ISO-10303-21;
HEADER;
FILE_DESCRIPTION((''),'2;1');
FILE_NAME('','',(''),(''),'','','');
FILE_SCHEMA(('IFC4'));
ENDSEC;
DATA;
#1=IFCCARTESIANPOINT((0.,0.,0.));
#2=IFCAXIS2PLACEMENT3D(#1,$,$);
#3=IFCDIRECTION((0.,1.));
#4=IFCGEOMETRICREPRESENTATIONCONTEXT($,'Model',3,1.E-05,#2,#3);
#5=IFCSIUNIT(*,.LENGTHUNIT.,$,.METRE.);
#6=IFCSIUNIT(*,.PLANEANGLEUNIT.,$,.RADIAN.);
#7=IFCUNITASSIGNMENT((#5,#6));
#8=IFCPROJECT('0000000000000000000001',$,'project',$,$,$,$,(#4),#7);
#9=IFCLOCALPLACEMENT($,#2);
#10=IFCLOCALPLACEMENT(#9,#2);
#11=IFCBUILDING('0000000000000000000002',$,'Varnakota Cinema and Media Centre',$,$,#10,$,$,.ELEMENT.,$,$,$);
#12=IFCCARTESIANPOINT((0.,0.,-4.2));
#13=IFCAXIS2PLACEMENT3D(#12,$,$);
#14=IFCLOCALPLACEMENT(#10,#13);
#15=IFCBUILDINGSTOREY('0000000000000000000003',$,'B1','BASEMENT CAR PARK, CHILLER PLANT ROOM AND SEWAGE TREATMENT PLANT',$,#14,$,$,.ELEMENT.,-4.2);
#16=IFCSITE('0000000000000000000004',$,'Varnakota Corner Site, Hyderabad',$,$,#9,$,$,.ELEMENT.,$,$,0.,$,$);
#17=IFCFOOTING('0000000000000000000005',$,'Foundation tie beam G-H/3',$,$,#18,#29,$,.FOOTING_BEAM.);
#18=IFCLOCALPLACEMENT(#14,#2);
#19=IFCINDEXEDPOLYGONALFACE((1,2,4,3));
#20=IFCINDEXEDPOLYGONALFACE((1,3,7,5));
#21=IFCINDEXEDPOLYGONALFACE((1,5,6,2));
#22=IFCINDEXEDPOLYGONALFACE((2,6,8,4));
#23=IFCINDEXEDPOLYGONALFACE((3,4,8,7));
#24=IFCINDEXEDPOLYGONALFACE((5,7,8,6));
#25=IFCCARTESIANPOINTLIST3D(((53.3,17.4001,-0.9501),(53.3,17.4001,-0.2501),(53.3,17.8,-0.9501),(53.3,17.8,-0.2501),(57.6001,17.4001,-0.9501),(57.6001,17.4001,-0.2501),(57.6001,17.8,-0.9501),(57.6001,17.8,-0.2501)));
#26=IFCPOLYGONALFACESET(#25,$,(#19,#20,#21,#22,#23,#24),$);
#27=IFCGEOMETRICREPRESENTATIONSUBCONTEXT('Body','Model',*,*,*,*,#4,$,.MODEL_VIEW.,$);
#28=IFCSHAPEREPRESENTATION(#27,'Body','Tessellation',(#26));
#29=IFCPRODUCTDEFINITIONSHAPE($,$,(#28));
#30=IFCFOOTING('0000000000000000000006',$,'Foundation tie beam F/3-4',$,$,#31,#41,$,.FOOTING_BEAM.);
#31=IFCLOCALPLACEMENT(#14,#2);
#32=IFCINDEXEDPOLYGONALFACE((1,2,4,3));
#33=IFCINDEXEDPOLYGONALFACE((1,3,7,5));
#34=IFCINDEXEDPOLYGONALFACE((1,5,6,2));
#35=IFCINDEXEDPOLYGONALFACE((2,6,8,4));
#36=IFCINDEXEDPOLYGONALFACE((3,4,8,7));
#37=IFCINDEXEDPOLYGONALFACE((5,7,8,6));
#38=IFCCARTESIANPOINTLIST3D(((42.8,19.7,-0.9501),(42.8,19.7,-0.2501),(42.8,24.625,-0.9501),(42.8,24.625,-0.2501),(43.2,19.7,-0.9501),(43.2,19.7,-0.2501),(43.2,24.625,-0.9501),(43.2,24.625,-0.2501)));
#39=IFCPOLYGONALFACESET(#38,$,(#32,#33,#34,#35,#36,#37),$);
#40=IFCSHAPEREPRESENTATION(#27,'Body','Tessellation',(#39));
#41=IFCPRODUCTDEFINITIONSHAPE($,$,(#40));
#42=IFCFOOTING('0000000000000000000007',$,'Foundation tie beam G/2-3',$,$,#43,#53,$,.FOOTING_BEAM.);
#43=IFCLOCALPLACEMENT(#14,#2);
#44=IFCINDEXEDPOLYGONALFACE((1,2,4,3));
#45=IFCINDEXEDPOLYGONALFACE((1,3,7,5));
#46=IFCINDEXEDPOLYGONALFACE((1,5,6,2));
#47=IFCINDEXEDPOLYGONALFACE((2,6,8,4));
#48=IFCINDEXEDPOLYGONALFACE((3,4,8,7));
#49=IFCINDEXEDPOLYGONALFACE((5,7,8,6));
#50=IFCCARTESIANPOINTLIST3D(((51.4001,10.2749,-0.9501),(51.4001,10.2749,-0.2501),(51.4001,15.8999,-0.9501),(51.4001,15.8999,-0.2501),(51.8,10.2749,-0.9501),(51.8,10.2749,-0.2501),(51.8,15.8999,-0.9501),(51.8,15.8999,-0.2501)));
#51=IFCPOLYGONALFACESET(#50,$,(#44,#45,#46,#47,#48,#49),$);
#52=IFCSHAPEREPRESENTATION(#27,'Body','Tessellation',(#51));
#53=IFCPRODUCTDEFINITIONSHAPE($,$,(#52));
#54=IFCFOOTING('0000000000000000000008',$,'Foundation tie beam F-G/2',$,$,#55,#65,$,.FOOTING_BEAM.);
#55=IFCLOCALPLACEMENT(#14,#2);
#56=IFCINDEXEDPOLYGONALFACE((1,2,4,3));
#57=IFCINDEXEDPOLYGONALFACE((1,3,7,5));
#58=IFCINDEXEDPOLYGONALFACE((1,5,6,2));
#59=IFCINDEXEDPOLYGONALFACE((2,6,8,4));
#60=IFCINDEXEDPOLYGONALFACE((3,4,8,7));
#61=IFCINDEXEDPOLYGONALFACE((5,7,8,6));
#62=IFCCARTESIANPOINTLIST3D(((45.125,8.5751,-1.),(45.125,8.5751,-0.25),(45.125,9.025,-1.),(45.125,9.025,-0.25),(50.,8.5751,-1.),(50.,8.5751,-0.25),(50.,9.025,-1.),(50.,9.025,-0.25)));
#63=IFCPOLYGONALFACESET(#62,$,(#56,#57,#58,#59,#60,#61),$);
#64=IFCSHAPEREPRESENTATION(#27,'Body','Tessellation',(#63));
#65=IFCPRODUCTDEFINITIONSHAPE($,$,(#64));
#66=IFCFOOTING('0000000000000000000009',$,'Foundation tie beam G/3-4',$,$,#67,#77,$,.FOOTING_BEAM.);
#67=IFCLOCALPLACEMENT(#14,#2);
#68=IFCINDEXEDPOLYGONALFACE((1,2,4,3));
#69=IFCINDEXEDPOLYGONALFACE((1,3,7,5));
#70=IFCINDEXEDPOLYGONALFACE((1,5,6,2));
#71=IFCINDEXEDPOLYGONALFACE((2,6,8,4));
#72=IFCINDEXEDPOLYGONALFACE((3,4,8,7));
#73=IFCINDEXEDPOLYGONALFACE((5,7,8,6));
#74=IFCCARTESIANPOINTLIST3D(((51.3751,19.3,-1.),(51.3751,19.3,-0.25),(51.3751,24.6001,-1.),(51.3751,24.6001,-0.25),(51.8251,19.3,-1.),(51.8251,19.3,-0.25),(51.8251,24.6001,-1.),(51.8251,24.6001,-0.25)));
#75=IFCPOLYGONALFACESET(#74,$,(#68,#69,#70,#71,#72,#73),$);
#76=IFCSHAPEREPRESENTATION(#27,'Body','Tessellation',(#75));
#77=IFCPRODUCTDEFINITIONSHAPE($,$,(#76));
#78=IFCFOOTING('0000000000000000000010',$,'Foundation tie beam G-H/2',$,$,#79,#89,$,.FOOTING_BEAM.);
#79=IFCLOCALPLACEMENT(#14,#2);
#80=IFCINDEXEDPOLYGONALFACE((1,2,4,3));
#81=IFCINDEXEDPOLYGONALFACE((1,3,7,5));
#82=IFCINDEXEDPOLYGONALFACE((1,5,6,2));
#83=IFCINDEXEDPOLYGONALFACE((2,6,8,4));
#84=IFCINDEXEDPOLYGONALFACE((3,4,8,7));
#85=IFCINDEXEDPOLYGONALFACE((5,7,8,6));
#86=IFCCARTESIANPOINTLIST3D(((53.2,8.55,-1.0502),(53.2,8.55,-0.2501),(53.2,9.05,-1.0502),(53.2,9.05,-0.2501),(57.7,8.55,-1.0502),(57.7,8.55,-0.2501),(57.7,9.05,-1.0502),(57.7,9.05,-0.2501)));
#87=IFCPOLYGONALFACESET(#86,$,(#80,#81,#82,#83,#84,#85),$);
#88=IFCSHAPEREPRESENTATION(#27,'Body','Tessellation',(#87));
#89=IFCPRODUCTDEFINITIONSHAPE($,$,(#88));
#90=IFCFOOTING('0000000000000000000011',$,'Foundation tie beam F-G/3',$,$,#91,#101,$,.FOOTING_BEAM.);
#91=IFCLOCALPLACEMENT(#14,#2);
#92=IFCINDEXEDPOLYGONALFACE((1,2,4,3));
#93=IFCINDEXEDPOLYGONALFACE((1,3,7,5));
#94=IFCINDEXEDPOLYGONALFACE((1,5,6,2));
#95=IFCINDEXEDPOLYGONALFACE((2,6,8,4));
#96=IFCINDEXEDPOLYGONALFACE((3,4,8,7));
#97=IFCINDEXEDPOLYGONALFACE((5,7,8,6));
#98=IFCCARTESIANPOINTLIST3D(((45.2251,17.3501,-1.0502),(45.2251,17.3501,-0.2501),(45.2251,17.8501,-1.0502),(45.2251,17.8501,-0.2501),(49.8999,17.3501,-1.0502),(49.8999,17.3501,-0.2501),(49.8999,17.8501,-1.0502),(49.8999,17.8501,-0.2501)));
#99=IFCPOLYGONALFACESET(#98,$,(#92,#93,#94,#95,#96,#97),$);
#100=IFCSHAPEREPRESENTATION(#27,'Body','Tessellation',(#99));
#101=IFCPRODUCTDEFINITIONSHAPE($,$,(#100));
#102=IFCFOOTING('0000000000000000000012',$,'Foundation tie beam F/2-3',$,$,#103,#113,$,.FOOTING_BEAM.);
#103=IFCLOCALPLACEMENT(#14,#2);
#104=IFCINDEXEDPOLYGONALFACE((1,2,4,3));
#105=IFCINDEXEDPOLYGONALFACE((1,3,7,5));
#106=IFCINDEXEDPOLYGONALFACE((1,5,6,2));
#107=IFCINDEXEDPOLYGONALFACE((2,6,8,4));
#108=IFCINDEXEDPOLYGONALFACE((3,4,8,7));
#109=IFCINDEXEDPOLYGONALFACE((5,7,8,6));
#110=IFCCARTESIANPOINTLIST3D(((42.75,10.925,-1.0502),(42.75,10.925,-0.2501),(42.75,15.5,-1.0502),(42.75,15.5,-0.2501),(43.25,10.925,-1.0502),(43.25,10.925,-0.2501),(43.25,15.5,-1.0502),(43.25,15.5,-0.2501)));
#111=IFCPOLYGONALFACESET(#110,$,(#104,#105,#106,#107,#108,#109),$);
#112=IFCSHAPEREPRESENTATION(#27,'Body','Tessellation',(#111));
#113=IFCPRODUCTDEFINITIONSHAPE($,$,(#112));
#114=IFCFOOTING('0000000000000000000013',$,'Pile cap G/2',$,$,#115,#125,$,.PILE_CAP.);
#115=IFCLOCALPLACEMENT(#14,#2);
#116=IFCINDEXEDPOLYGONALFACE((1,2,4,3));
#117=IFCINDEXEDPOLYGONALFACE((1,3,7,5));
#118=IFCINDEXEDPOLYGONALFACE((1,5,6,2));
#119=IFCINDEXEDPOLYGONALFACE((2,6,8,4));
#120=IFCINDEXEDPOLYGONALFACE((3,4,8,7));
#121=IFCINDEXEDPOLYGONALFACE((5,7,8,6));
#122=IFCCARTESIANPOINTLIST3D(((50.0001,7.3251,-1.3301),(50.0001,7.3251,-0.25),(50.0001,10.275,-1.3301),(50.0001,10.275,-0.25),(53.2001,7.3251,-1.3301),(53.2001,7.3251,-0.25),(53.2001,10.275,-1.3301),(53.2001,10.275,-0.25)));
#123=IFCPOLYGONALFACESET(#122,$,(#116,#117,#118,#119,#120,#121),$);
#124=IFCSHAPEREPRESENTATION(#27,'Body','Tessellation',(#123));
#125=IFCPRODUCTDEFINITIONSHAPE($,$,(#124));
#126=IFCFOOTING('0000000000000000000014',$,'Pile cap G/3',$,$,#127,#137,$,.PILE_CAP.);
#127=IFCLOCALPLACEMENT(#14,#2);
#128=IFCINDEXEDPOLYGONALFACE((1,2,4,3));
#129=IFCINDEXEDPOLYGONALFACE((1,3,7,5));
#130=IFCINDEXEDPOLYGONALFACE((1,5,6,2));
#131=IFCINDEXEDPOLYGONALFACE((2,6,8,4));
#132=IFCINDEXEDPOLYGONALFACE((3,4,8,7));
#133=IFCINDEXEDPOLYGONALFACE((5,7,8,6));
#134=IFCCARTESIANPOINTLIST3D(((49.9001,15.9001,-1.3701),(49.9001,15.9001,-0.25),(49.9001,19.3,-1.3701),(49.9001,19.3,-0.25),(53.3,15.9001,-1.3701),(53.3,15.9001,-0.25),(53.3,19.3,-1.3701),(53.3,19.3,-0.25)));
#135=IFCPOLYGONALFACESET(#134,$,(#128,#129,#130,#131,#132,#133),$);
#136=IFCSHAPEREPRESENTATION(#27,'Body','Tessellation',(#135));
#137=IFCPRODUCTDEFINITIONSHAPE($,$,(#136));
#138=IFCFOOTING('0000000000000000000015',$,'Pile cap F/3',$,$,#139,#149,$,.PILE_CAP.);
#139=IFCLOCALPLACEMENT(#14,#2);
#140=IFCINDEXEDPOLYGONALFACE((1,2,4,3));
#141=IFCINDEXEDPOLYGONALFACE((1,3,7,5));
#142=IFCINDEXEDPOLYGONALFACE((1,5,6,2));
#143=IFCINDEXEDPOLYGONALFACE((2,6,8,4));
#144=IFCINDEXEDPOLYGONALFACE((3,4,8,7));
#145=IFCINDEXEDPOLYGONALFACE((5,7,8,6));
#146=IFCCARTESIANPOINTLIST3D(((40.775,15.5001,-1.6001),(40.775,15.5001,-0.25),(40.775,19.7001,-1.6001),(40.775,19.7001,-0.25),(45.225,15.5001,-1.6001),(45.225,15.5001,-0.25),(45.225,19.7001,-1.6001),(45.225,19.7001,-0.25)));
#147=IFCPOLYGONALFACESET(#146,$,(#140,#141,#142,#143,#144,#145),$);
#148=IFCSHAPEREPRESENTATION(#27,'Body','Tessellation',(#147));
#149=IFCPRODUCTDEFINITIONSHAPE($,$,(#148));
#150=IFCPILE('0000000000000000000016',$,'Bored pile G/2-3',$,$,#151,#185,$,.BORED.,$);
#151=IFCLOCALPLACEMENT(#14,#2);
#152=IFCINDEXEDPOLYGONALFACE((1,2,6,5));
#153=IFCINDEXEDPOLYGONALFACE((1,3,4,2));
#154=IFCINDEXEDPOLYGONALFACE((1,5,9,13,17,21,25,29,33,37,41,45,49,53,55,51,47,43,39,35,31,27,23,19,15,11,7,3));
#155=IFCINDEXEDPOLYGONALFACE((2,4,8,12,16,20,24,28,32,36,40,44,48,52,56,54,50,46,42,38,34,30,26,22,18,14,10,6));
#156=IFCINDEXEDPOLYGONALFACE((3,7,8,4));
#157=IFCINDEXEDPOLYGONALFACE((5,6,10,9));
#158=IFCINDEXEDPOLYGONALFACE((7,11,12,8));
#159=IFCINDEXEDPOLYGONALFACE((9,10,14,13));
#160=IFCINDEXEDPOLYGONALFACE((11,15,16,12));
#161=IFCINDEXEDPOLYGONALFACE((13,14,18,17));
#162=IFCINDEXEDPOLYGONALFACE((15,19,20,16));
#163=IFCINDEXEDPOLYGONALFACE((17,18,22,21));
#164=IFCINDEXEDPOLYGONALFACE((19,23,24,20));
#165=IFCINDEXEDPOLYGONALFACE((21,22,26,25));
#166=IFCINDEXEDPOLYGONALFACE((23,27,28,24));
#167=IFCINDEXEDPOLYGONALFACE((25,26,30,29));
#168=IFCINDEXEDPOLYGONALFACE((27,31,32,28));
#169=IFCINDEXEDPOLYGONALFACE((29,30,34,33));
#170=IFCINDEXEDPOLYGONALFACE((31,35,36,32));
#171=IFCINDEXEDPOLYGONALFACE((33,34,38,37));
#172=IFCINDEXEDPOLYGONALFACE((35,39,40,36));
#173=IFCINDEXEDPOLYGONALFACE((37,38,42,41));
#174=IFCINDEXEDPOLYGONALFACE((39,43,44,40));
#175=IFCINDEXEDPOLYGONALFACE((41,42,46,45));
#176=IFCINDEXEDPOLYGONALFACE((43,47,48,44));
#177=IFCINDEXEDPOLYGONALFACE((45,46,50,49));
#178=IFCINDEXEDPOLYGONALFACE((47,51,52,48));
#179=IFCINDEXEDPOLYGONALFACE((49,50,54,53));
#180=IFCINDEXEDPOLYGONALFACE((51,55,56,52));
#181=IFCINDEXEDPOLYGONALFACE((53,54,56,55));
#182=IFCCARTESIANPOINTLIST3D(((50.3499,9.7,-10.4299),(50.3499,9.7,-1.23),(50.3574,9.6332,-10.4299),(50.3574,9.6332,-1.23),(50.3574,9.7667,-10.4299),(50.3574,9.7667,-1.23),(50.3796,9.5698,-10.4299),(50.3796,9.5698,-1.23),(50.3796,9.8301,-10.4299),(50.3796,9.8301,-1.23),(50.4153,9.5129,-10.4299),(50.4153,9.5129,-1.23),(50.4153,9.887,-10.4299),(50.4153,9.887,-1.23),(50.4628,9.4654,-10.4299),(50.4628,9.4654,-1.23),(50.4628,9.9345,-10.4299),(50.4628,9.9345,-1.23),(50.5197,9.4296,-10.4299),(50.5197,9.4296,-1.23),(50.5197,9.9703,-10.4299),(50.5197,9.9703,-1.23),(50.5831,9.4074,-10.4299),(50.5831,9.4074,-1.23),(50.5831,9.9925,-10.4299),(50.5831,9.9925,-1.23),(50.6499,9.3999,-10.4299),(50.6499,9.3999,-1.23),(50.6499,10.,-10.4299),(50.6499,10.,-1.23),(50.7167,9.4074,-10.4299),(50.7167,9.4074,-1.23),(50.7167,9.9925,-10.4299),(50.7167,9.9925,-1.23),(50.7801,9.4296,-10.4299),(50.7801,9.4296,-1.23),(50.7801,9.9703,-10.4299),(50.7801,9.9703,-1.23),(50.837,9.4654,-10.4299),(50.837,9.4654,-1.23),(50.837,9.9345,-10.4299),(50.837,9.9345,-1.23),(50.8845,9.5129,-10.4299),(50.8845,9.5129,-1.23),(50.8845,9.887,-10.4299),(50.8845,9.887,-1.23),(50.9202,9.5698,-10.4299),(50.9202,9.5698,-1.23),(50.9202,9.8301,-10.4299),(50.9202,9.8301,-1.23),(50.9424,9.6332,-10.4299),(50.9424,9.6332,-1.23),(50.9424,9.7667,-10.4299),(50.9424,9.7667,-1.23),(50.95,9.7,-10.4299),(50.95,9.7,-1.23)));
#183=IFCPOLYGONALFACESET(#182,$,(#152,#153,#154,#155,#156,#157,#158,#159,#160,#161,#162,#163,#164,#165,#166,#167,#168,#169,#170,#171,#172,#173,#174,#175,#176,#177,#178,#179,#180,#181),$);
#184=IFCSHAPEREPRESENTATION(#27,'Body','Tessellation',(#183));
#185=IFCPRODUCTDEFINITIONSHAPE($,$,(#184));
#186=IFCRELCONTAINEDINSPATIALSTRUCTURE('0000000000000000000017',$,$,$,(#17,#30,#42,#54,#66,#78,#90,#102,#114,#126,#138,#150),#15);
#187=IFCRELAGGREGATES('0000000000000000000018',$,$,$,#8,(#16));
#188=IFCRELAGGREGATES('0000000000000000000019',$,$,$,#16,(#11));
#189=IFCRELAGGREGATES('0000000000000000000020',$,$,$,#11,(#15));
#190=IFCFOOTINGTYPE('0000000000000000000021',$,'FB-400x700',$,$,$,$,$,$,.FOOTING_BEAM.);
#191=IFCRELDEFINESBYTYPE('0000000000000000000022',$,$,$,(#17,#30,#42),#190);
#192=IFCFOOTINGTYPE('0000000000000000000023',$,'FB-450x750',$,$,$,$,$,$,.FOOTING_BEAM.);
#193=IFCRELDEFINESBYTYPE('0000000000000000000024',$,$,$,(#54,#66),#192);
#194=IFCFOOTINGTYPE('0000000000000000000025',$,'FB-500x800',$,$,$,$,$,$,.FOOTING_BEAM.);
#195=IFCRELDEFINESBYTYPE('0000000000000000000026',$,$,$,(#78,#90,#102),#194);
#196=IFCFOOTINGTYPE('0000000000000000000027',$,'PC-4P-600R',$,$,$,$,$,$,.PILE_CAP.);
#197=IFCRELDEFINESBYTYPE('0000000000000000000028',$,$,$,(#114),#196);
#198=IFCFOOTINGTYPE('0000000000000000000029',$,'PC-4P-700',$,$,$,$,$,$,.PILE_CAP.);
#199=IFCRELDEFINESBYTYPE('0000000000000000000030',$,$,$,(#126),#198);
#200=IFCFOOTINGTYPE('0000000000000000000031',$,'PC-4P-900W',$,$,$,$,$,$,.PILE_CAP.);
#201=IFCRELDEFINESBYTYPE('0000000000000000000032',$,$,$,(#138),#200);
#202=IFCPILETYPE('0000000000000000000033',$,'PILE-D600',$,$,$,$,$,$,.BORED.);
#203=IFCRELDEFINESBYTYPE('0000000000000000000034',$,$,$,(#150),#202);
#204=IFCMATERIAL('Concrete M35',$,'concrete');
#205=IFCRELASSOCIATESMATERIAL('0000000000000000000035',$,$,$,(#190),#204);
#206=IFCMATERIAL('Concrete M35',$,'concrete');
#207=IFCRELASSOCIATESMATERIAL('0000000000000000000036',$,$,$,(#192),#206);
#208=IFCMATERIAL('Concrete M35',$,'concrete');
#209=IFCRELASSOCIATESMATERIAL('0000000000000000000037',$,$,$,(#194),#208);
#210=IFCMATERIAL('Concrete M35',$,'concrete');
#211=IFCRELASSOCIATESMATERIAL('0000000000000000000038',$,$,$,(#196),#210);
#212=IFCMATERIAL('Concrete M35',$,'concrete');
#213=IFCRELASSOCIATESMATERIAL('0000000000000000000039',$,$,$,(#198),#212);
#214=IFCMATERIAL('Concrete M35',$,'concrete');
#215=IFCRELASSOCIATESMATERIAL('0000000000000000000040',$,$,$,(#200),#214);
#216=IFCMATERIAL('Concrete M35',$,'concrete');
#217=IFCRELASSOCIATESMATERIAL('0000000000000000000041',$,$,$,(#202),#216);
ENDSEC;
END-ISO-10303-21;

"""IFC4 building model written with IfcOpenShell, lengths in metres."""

from ifc_helpers import new_model, si_unit, direction, frame, origin, origin_2d, place, context, subcontext, project, spatial, rectangle, circle, extrude, material, material_profile, profile_set, type_object, element, save


model = new_model("IFC4")

# Units and contexts
model_context = context("Model", 3, precision=1e-05, world=origin(), true_north=direction((0.0, 1.0)))
body_context = subcontext(model_context, "Body", "Model", "MODEL_VIEW")
ifc_project = project(units=[si_unit("LENGTHUNIT", "METRE"), si_unit("PLANEANGLEUNIT", "RADIAN")], contexts=[model_context])

# Site, building, storey
site_placement = place(None, origin())
site = spatial("IfcSite", under=ifc_project, at=site_placement, Name="Varnakota Corner Site, Hyderabad", CompositionType="ELEMENT", RefElevation=0.0)
building_placement = place(site_placement, origin())
building = spatial("IfcBuilding", under=site, at=building_placement, Name="Varnakota Cinema and Media Centre", CompositionType="ELEMENT")
storey_placement = place(building_placement, frame((0.0, 0.0, -4.2)))
storey = spatial("IfcBuildingStorey", under=building, at=storey_placement, Name="B1", Description="BASEMENT CAR PARK, CHILLER PLANT ROOM AND SEWAGE TREATMENT PLANT", CompositionType="ELEMENT", Elevation=-4.2)

# Footings
ifc_material_1 = material(Name="Concrete M35", Category="concrete")
ifc_material_profile_1 = material_profile(ifc_material_1, rectangle(XDim=0.3999, YDim=0.7, at=origin_2d()), Name="FB 400x700")
ifc_profile_set_1 = profile_set([ifc_material_profile_1], Name="Concrete M35")
footing_type_1 = type_object("IfcFootingType", Name="FB-400x700", PredefinedType="FOOTING_BEAM", material=ifc_profile_set_1)
footing_1_placement = place(storey_placement, frame((53.3, 17.6001, -0.6001), z_axis=(1.0, 0.0, 0.0), x_axis=(0.0, 1.0, 0.0)))
element("IfcFooting", 1, at=footing_1_placement, inside=storey, type_object=footing_type_1, Name="Foundation tie beam G-H/3", PredefinedType="FOOTING_BEAM", context=body_context, shape_type="SweptSolid", body=[
    extrude(rectangle(XDim=0.3999, YDim=0.7, at=origin_2d()), origin(), (0.0, 0.0, 1.0), 4.3),
])
footing_2_placement = place(storey_placement, frame((43.0, 19.7, -0.6001), z_axis=(0.0, 1.0, 0.0), x_axis=(-1.0, 0.0, 0.0)))
element("IfcFooting", 2, at=footing_2_placement, inside=storey, type_object=footing_type_1, Name="Foundation tie beam F/3-4", PredefinedType="FOOTING_BEAM", context=body_context, shape_type="SweptSolid", body=[
    extrude(rectangle(XDim=0.3999, YDim=0.7, at=origin_2d()), origin(), (0.0, 0.0, 1.0), 4.925),
])
footing_3_placement = place(storey_placement, frame((51.6001, 10.2749, -0.6001), z_axis=(0.0, 1.0, 0.0), x_axis=(-1.0, 0.0, 0.0)))
element("IfcFooting", 3, at=footing_3_placement, inside=storey, type_object=footing_type_1, Name="Foundation tie beam G/2-3", PredefinedType="FOOTING_BEAM", context=body_context, shape_type="SweptSolid", body=[
    extrude(rectangle(XDim=0.3999, YDim=0.7, at=origin_2d()), origin(), (0.0, 0.0, 1.0), 5.625),
])
ifc_material_2 = material(Name="Concrete M35", Category="concrete")
ifc_material_profile_2 = material_profile(ifc_material_2, rectangle(XDim=0.45, YDim=0.75, at=origin_2d()), Name="FB 450x750")
ifc_profile_set_2 = profile_set([ifc_material_profile_2], Name="Concrete M35")
footing_type_2 = type_object("IfcFootingType", Name="FB-450x750", PredefinedType="FOOTING_BEAM", material=ifc_profile_set_2)
footing_4_placement = place(storey_placement, frame((45.125, 8.8, -0.625), z_axis=(1.0, 0.0, 0.0), x_axis=(0.0, 1.0, 0.0)))
element("IfcFooting", 4, at=footing_4_placement, inside=storey, type_object=footing_type_2, Name="Foundation tie beam F-G/2", PredefinedType="FOOTING_BEAM", context=body_context, shape_type="SweptSolid", body=[
    extrude(rectangle(XDim=0.45, YDim=0.75, at=origin_2d()), origin(), (0.0, 0.0, 1.0), 4.875),
])
footing_5_placement = place(storey_placement, frame((51.6001, 19.3, -0.625), z_axis=(0.0, 1.0, 0.0), x_axis=(-1.0, 0.0, 0.0)))
element("IfcFooting", 5, at=footing_5_placement, inside=storey, type_object=footing_type_2, Name="Foundation tie beam G/3-4", PredefinedType="FOOTING_BEAM", context=body_context, shape_type="SweptSolid", body=[
    extrude(rectangle(XDim=0.45, YDim=0.75, at=origin_2d()), origin(), (0.0, 0.0, 1.0), 5.3),
])
ifc_material_3 = material(Name="Concrete M35", Category="concrete")
ifc_material_profile_3 = material_profile(ifc_material_3, rectangle(XDim=0.5, YDim=0.8, at=origin_2d()), Name="FB 500x800")
ifc_profile_set_3 = profile_set([ifc_material_profile_3], Name="Concrete M35")
footing_type_3 = type_object("IfcFootingType", Name="FB-500x800", PredefinedType="FOOTING_BEAM", material=ifc_profile_set_3)
footing_6_placement = place(storey_placement, frame((53.2, 8.8, -0.6501), z_axis=(1.0, 0.0, 0.0), x_axis=(0.0, 1.0, 0.0)))
element("IfcFooting", 6, at=footing_6_placement, inside=storey, type_object=footing_type_3, Name="Foundation tie beam G-H/2", PredefinedType="FOOTING_BEAM", context=body_context, shape_type="SweptSolid", body=[
    extrude(rectangle(XDim=0.5, YDim=0.8, at=origin_2d()), origin(), (0.0, 0.0, 1.0), 4.5),
])
footing_7_placement = place(storey_placement, frame((45.2251, 17.6001, -0.6501), z_axis=(1.0, 0.0, 0.0), x_axis=(0.0, 1.0, 0.0)))
element("IfcFooting", 7, at=footing_7_placement, inside=storey, type_object=footing_type_3, Name="Foundation tie beam F-G/3", PredefinedType="FOOTING_BEAM", context=body_context, shape_type="SweptSolid", body=[
    extrude(rectangle(XDim=0.5, YDim=0.8, at=origin_2d()), origin(), (0.0, 0.0, 1.0), 4.6748),
])
footing_8_placement = place(storey_placement, frame((43.0, 10.925, -0.6501), z_axis=(0.0, 1.0, 0.0), x_axis=(-1.0, 0.0, 0.0)))
element("IfcFooting", 8, at=footing_8_placement, inside=storey, type_object=footing_type_3, Name="Foundation tie beam F/2-3", PredefinedType="FOOTING_BEAM", context=body_context, shape_type="SweptSolid", body=[
    extrude(rectangle(XDim=0.5, YDim=0.8, at=origin_2d()), origin(), (0.0, 0.0, 1.0), 4.575),
])
ifc_material_4 = material(Name="Concrete M35", Category="concrete")
footing_type_4 = type_object("IfcFootingType", Name="PC-4P-600R", PredefinedType="PILE_CAP", material=ifc_material_4)
footing_9_placement = place(storey_placement, frame((51.6001, 8.8, -1.3301), z_axis=(0.0, 0.0, 1.0), x_axis=(1.0, 0.0, 0.0)))
element("IfcFooting", 9, at=footing_9_placement, inside=storey, type_object=footing_type_4, Name="Pile cap G/2", PredefinedType="PILE_CAP", context=body_context, shape_type="SweptSolid", body=[
    extrude(rectangle(XDim=3.2, YDim=2.95, at=origin_2d()), origin(), (0.0, 0.0, 1.0), 1.0801),
])
ifc_material_5 = material(Name="Concrete M35", Category="concrete")
footing_type_5 = type_object("IfcFootingType", Name="PC-4P-700", PredefinedType="PILE_CAP", material=ifc_material_5)
footing_10_placement = place(storey_placement, frame((51.6001, 17.6001, -1.3701), z_axis=(0.0, 0.0, 1.0), x_axis=(1.0, 0.0, 0.0)))
element("IfcFooting", 10, at=footing_10_placement, inside=storey, type_object=footing_type_5, Name="Pile cap G/3", PredefinedType="PILE_CAP", context=body_context, shape_type="SweptSolid", body=[
    extrude(rectangle(XDim=3.3999, YDim=3.3999, at=origin_2d()), origin(), (0.0, 0.0, 1.0), 1.1201),
])
ifc_material_6 = material(Name="Concrete M35", Category="concrete")
footing_type_6 = type_object("IfcFootingType", Name="PC-4P-900W", PredefinedType="PILE_CAP", material=ifc_material_6)
footing_11_placement = place(storey_placement, frame((43.0, 17.6001, -1.6001), z_axis=(0.0, 0.0, 1.0), x_axis=(1.0, 0.0, 0.0)))
element("IfcFooting", 11, at=footing_11_placement, inside=storey, type_object=footing_type_6, Name="Pile cap F/3", PredefinedType="PILE_CAP", context=body_context, shape_type="SweptSolid", body=[
    extrude(rectangle(XDim=4.45, YDim=4.2, at=origin_2d()), origin(), (0.0, 0.0, 1.0), 1.3501),
])

# Pile
ifc_material_7 = material(Name="Concrete M35", Category="concrete")
ifc_material_profile_4 = material_profile(ifc_material_7, circle(Radius=0.3, at=origin_2d()), Name="PILE D600")
ifc_profile_set_4 = profile_set([ifc_material_profile_4], Name="Concrete M35")
pile_type_1 = type_object("IfcPileType", Name="PILE-D600", PredefinedType="BORED", material=ifc_profile_set_4)
for number, where, z_axis, x_axis, name in (
    (12, (50.6499, 9.7, -1.23), (0.0, 0.0, -1.0), (1.0, 0.0, 0.0), "Bored pile G/2-3"),
):
    element("IfcPile", number, at=place(storey_placement, frame(where, z_axis=z_axis, x_axis=x_axis)), inside=storey, type_object=pile_type_1, Name=name, PredefinedType="BORED", context=body_context, shape_type="SweptSolid", body=[
        extrude(circle(Radius=0.3, at=origin_2d()), origin(), (0.0, 0.0, 1.0), 9.2),
    ])

save(model, "model.ifc")
